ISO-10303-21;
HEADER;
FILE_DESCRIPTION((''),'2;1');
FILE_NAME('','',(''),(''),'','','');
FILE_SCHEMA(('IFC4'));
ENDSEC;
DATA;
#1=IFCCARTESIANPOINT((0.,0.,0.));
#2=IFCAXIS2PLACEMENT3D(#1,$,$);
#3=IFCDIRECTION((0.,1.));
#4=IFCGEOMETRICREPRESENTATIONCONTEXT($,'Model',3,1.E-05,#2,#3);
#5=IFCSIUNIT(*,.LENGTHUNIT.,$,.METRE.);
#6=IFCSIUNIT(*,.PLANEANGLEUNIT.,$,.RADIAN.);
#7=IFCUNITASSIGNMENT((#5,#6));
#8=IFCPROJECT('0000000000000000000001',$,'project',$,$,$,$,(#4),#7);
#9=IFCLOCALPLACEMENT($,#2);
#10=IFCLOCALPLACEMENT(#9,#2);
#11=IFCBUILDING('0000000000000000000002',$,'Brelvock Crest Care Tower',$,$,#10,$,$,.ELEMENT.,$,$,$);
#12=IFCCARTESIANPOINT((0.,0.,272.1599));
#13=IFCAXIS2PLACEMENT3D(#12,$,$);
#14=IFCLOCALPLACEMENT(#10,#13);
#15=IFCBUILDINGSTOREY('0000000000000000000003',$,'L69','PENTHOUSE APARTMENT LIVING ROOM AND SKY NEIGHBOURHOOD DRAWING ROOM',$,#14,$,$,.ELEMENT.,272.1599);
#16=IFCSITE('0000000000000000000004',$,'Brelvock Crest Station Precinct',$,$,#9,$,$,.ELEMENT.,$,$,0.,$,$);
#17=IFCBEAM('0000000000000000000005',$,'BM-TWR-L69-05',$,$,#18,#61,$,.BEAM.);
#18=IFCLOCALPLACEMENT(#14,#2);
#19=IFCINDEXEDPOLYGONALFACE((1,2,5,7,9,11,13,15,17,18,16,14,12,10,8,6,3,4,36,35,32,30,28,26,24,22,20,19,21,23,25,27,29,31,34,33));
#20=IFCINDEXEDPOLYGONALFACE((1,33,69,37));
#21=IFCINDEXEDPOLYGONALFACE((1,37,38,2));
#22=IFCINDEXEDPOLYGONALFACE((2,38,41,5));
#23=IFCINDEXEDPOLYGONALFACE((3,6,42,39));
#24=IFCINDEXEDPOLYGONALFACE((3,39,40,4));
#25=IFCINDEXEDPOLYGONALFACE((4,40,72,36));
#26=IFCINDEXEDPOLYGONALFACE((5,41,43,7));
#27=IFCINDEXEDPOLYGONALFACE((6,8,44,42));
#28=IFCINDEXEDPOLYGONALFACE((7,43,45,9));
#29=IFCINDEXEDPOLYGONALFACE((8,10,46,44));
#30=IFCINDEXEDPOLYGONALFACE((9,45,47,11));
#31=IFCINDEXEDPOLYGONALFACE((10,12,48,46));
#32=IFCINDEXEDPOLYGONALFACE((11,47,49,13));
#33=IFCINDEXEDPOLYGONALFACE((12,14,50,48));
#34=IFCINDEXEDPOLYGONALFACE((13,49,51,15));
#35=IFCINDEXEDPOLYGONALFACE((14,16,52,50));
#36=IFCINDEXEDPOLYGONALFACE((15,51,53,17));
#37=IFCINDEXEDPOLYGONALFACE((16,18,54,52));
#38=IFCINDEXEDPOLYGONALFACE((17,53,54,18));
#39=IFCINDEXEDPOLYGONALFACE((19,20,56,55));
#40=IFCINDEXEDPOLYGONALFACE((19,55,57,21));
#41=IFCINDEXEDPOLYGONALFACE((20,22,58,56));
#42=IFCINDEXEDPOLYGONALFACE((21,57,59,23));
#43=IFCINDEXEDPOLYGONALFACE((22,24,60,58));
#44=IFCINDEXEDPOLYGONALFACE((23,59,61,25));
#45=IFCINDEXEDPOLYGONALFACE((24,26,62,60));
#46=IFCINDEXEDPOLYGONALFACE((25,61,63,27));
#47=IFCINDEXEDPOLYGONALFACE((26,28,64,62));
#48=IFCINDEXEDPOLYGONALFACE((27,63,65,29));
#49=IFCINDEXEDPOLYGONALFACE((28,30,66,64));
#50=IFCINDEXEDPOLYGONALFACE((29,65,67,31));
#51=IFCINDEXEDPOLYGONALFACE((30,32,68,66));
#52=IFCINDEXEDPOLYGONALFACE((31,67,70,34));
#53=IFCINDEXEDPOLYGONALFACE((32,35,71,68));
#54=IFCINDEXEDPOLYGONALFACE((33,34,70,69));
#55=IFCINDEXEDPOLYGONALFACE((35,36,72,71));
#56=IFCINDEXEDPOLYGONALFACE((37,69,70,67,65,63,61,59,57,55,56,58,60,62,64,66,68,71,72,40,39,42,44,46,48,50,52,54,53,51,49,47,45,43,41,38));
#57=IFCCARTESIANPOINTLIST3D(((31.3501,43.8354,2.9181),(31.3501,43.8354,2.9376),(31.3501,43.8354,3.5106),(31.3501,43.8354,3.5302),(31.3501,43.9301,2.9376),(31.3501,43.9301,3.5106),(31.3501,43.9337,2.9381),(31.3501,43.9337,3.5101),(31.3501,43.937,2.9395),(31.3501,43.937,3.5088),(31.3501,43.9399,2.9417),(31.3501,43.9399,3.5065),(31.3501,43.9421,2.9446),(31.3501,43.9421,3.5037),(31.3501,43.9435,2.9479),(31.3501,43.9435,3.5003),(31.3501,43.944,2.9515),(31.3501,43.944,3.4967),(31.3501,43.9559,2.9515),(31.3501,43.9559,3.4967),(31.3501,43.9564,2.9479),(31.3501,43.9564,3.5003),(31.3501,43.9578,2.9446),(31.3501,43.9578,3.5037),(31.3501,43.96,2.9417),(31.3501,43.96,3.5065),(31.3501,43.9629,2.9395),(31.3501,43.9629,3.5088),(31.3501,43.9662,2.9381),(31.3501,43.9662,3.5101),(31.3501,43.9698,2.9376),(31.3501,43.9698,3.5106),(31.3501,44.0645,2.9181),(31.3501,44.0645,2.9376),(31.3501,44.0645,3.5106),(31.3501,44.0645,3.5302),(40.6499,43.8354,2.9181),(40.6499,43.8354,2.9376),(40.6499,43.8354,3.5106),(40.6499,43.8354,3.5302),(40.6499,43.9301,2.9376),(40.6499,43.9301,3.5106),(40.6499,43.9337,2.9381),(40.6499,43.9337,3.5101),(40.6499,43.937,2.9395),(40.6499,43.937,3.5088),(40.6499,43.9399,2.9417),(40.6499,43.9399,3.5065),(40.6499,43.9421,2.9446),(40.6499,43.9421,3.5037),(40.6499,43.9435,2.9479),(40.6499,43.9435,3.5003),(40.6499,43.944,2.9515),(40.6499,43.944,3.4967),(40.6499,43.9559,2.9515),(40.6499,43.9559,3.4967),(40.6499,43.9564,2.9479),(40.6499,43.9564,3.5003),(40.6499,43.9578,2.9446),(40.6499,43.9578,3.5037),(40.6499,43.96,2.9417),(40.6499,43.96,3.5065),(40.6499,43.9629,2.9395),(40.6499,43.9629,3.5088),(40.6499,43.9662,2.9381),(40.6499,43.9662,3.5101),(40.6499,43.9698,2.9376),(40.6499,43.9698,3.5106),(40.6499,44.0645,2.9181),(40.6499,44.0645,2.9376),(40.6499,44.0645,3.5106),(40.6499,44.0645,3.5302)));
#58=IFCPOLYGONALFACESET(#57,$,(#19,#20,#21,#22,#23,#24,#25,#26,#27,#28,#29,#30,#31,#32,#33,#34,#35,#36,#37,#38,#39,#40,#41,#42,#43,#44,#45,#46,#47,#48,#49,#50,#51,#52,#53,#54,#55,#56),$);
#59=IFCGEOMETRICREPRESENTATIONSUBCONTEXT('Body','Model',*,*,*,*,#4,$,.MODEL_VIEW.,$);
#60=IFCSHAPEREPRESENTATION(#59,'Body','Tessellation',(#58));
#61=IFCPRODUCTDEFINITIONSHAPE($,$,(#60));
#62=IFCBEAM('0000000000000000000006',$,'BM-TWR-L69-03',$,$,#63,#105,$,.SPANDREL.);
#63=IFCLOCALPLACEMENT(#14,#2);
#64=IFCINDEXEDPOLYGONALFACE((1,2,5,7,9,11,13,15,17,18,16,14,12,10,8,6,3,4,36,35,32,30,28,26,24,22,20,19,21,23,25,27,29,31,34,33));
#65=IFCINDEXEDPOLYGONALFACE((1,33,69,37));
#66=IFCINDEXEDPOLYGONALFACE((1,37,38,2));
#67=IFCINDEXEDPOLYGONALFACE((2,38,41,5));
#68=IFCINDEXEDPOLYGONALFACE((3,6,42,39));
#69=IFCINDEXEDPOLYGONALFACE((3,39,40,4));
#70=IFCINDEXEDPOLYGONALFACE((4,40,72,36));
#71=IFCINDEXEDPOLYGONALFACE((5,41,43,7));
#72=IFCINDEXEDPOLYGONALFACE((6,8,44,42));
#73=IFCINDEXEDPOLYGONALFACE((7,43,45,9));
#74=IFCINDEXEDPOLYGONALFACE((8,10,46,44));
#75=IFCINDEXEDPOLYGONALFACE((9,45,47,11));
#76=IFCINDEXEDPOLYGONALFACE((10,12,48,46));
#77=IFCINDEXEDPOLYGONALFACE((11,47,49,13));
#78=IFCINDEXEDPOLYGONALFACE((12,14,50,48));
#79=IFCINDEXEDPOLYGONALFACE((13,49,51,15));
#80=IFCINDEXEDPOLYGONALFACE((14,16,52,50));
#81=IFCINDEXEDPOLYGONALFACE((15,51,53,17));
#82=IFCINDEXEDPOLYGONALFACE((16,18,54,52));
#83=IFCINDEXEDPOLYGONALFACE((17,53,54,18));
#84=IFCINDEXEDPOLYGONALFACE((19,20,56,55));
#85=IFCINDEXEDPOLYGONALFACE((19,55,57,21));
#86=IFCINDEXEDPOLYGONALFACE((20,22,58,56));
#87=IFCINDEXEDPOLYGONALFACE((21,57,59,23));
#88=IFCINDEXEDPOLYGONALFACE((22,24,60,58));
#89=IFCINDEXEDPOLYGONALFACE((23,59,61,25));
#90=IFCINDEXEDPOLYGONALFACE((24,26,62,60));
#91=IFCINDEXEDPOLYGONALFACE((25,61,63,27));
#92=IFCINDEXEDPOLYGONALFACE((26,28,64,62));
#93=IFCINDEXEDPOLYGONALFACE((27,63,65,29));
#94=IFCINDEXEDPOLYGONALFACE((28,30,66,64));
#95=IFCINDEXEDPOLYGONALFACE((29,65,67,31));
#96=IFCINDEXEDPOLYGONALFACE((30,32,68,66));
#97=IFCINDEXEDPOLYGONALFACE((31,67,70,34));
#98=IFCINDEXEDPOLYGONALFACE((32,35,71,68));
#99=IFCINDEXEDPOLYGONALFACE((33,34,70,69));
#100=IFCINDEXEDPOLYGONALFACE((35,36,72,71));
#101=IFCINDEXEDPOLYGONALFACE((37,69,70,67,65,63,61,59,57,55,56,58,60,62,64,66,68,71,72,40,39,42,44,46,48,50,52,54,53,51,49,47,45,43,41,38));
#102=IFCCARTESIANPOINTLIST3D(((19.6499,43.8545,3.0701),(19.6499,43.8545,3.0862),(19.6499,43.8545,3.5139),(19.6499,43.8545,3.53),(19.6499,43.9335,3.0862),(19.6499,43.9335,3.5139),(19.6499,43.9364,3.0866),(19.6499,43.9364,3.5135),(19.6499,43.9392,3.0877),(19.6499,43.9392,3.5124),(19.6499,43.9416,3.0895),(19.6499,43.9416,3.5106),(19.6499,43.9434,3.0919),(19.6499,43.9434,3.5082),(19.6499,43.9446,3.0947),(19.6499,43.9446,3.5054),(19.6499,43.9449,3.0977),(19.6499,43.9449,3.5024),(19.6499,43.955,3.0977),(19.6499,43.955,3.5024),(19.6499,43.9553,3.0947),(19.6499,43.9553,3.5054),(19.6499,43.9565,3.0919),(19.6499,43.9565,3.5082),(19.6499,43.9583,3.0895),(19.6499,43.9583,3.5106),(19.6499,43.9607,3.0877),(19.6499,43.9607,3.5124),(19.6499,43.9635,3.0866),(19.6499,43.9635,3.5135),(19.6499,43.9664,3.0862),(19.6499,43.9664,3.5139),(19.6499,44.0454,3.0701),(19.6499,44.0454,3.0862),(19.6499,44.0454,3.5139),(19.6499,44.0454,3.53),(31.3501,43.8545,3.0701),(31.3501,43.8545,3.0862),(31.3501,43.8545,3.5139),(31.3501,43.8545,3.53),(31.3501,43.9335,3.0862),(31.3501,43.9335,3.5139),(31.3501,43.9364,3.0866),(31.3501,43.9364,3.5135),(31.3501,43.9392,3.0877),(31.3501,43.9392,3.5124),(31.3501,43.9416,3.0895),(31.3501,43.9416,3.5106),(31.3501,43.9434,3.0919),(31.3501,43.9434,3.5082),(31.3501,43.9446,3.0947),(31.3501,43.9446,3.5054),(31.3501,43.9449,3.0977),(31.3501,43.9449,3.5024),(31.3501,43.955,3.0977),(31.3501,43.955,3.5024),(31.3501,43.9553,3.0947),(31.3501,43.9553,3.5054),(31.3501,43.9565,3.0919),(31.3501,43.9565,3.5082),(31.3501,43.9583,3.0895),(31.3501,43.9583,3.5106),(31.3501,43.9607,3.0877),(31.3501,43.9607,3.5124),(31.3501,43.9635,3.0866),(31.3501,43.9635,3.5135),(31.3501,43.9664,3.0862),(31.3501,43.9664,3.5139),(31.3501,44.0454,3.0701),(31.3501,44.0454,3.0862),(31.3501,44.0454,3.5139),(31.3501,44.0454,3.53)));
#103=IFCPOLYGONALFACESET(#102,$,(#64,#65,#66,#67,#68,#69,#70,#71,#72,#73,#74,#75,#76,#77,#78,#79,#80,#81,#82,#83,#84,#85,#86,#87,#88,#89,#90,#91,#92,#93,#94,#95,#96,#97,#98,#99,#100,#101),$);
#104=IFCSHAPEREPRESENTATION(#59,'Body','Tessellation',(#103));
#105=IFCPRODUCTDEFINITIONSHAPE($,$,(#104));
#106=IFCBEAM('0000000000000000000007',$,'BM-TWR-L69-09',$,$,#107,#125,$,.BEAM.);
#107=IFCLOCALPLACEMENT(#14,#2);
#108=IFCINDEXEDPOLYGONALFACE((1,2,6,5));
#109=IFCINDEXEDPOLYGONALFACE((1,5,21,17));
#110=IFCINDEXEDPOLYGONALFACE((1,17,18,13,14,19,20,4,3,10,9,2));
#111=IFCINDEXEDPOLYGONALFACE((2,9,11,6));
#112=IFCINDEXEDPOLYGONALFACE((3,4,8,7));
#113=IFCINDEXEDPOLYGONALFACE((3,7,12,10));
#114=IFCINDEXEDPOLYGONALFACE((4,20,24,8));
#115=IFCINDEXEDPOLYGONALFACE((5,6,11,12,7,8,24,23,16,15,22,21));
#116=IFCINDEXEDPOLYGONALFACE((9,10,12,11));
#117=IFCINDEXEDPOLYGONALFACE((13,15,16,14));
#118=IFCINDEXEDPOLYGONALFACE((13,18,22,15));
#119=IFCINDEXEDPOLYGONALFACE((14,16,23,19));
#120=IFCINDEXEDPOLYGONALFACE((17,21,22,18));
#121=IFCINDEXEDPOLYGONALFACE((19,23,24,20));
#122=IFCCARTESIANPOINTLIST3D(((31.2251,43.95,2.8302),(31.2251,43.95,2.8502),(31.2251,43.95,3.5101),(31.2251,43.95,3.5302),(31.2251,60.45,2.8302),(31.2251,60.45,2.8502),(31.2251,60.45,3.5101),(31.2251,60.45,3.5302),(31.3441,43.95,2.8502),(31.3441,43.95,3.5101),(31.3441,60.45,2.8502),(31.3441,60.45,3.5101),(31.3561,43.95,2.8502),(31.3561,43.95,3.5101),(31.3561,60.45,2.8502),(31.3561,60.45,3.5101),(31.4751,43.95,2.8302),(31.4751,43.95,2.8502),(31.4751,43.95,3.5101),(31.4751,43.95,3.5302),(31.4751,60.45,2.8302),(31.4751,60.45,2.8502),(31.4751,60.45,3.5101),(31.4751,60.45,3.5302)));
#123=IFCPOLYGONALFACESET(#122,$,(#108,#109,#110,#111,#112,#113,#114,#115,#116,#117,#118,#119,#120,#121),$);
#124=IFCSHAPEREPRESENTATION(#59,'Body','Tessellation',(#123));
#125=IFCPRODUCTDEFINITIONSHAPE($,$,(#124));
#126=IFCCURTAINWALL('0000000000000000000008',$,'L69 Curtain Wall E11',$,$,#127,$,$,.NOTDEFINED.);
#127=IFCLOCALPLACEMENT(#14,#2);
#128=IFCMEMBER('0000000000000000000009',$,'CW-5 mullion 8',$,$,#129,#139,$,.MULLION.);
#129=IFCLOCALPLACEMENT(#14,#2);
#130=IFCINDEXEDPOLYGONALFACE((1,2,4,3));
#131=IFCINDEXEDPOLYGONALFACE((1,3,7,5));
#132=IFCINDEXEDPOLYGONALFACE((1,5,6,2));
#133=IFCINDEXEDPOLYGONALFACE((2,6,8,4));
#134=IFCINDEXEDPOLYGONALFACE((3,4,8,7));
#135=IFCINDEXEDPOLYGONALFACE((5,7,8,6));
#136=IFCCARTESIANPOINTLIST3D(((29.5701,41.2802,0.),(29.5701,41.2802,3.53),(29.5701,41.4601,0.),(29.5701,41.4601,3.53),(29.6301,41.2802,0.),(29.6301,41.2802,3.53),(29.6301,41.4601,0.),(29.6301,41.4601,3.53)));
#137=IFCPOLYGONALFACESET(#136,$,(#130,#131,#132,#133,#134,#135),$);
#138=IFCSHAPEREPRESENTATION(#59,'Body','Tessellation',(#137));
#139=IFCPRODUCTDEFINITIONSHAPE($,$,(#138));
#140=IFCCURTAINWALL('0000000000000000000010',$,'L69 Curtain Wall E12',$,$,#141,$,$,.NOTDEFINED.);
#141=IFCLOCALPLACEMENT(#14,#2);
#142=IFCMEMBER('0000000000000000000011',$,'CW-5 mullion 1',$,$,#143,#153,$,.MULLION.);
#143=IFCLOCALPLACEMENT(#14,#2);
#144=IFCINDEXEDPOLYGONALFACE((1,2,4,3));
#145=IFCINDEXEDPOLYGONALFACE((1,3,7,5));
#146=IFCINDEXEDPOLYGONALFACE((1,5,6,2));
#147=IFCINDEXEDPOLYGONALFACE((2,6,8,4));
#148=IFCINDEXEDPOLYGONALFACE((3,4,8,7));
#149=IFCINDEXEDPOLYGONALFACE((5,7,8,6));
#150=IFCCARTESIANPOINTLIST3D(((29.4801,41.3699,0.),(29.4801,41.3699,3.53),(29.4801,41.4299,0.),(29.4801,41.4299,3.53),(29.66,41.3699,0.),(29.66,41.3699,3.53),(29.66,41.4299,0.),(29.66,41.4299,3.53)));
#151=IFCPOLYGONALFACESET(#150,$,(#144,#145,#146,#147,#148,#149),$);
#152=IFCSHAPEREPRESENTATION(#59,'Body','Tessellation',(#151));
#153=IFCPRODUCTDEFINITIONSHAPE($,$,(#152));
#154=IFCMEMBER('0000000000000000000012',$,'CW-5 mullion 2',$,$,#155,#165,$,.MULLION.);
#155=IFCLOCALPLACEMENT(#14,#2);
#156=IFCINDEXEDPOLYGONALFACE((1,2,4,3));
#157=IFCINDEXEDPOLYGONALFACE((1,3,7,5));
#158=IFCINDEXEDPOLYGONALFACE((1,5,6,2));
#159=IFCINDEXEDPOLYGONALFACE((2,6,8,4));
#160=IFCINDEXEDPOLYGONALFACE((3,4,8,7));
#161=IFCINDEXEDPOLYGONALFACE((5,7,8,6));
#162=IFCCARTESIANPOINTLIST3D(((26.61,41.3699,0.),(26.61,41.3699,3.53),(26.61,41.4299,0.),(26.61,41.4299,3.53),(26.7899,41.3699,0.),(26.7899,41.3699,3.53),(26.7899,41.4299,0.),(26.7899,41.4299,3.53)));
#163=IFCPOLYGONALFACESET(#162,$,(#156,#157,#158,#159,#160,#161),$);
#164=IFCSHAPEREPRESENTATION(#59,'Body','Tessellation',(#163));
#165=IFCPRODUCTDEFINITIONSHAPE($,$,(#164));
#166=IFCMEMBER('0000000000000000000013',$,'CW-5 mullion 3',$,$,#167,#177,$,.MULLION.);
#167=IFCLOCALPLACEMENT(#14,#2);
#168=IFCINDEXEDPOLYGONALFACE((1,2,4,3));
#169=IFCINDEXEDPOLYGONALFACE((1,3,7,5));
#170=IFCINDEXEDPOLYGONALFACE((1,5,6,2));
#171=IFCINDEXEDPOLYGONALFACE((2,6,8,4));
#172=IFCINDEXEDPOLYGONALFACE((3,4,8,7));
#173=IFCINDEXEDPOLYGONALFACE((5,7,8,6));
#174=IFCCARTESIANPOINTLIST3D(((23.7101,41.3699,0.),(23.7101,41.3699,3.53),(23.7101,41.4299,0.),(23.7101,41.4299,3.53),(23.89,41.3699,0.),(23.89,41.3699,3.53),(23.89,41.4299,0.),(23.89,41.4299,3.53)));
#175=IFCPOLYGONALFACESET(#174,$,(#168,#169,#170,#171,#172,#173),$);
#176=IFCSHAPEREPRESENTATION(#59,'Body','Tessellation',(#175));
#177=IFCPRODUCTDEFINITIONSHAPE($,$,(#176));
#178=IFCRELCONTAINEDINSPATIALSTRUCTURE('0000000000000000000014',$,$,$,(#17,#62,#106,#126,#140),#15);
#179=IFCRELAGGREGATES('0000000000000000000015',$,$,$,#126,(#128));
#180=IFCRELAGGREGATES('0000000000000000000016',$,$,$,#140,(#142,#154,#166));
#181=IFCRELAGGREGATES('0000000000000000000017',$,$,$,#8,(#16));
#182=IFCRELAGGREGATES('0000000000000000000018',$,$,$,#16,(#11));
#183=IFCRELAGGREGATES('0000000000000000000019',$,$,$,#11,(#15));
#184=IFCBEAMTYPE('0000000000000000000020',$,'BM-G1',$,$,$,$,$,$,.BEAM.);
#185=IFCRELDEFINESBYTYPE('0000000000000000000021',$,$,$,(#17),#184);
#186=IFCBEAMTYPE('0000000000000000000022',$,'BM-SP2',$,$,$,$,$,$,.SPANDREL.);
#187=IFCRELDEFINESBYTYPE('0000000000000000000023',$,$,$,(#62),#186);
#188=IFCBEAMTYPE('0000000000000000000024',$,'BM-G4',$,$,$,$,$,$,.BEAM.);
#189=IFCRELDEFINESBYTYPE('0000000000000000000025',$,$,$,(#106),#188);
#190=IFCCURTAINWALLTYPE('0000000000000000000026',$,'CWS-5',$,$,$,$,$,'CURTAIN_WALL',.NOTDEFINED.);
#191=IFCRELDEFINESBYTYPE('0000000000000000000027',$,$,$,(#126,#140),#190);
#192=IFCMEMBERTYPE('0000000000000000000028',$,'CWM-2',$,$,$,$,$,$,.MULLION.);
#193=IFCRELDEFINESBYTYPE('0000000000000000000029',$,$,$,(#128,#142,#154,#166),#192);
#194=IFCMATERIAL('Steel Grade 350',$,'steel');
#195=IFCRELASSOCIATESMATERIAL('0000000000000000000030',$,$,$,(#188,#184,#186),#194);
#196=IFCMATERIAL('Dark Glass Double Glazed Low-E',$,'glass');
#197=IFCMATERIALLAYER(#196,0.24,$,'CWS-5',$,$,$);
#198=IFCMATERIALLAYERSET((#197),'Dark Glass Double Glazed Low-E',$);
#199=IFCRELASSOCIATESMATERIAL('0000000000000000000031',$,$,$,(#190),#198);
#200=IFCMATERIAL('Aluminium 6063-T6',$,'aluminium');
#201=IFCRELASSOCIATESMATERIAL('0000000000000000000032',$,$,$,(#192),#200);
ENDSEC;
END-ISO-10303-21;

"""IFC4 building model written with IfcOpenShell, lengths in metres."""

from ifc_helpers import new_model, si_unit, direction, frame, origin, origin_2d, place, context, subcontext, project, spatial, rectangle, i_section, extrude, source, transform, mapped, material, layer, layer_set, material_profile, profile_set, type_object, element, aggregate, save


model = new_model("IFC4")

# Units and contexts
model_context = context("Model", 3, precision=1e-05, world=origin(), true_north=direction((0.0, 1.0)))
body_context = subcontext(model_context, "Body", "Model", "MODEL_VIEW")
ifc_project = project(units=[si_unit("LENGTHUNIT", "METRE"), si_unit("PLANEANGLEUNIT", "RADIAN")], contexts=[model_context])

# Site, building, storey
site_placement = place(None, origin())
site = spatial("IfcSite", under=ifc_project, at=site_placement, Name="Brelvock Crest Station Precinct", CompositionType="ELEMENT", RefElevation=0.0)
building_placement = place(site_placement, origin())
building = spatial("IfcBuilding", under=site, at=building_placement, Name="Brelvock Crest Care Tower", CompositionType="ELEMENT")
storey_placement = place(building_placement, frame((0.0, 0.0, 272.1599)))
storey = spatial("IfcBuildingStorey", under=building, at=storey_placement, Name="L69", Description="PENTHOUSE APARTMENT LIVING ROOM AND SKY NEIGHBOURHOOD DRAWING ROOM", CompositionType="ELEMENT", Elevation=272.1599)

# Shared definitions
ifc_material_1 = material(Name="Steel Grade 350", Category="steel")

# Beams
ifc_material_profile_1 = material_profile(ifc_material_1, i_section(OverallWidth=0.25, OverallDepth=0.7, WebThickness=0.012, FlangeThickness=0.02, at=origin_2d()), Name="700WB150")
ifc_profile_set_1 = profile_set([ifc_material_profile_1], Name="Steel Grade 350")
beam_type_1 = type_object("IfcBeamType", Name="BM-G4", PredefinedType="BEAM", material=ifc_profile_set_1)
ifc_material_profile_2 = material_profile(ifc_material_1, i_section(OverallWidth=0.229, OverallDepth=0.6121, WebThickness=0.012, FlangeThickness=0.0195, FilletRadius=0.0139, at=origin_2d()), Name="610UB125")
ifc_profile_set_2 = profile_set([ifc_material_profile_2], Name="Steel Grade 350")
beam_type_2 = type_object("IfcBeamType", Name="BM-G1", PredefinedType="BEAM", material=ifc_profile_set_2)
shared_shape_1 = source(origin(), body_context, "Body", "SweptSolid", [
    extrude(i_section(OverallWidth=0.229, OverallDepth=0.6121, WebThickness=0.012, FlangeThickness=0.0195, FilletRadius=0.0139, at=origin_2d()), origin(), (0.0, 0.0, 1.0), 9.2998),
])
beam_1_placement = place(storey_placement, frame((31.3501, 43.95, 3.2241), z_axis=(1.0, 0.0, 0.0), x_axis=(0.0, 1.0, 0.0)))
element("IfcBeam", 1, at=beam_1_placement, inside=storey, type_object=beam_type_2, Name="BM-TWR-L69-05", PredefinedType="BEAM", context=body_context, shape_type="MappedRepresentation", body=[
    mapped(shared_shape_1, transform((0.0, 0.0, 0.0), x_axis=(1.0, 0.0, 0.0), y_axis=(0.0, 1.0, 0.0), z_axis=(0.0, 0.0, 1.0), scale=1.0)),
])
ifc_material_profile_3 = material_profile(ifc_material_1, i_section(OverallWidth=0.1909, OverallDepth=0.46, WebThickness=0.01, FlangeThickness=0.0161, FilletRadius=0.0115, at=origin_2d()), Name="460UB82.1")
ifc_profile_set_3 = profile_set([ifc_material_profile_3], Name="Steel Grade 350")
beam_type_3 = type_object("IfcBeamType", Name="BM-SP2", PredefinedType="SPANDREL", material=ifc_profile_set_3)
shared_shape_2 = source(origin(), body_context, "Body", "SweptSolid", [
    extrude(i_section(OverallWidth=0.1909, OverallDepth=0.46, WebThickness=0.01, FlangeThickness=0.0161, FilletRadius=0.0115, at=origin_2d()), origin(), (0.0, 0.0, 1.0), 11.7002),
])
beam_2_placement = place(storey_placement, frame((19.6499, 43.95, 3.3), z_axis=(1.0, 0.0, 0.0), x_axis=(0.0, 1.0, 0.0)))
element("IfcBeam", 2, at=beam_2_placement, inside=storey, type_object=beam_type_3, Name="BM-TWR-L69-03", PredefinedType="SPANDREL", context=body_context, shape_type="MappedRepresentation", body=[
    mapped(shared_shape_2, transform((0.0, 0.0, 0.0), x_axis=(1.0, 0.0, 0.0), y_axis=(0.0, 1.0, 0.0), z_axis=(0.0, 0.0, 1.0), scale=1.0)),
])
shared_shape_3 = source(origin(), body_context, "Body", "SweptSolid", [
    extrude(i_section(OverallWidth=0.25, OverallDepth=0.7, WebThickness=0.012, FlangeThickness=0.02, at=origin_2d()), origin(), (0.0, 0.0, 1.0), 16.5),
])
beam_3_placement = place(storey_placement, frame((31.3501, 43.95, 3.1802), z_axis=(0.0, 1.0, 0.0), x_axis=(-1.0, 0.0, 0.0)))
element("IfcBeam", 3, at=beam_3_placement, inside=storey, type_object=beam_type_1, Name="BM-TWR-L69-09", PredefinedType="BEAM", context=body_context, shape_type="MappedRepresentation", body=[
    mapped(shared_shape_3, transform((0.0, 0.0, 0.0), x_axis=(1.0, 0.0, 0.0), y_axis=(0.0, 1.0, 0.0), z_axis=(0.0, 0.0, 1.0), scale=1.0)),
])

# Curtain wall, member
ifc_material_2 = material(Name="Dark Glass Double Glazed Low-E", Category="glass")
ifc_layer_1 = layer(ifc_material_2, 0.24, Name="CWS-5")
ifc_layer_set_1 = layer_set([ifc_layer_1], Name="Dark Glass Double Glazed Low-E")
curtain_wall_type = type_object("IfcCurtainWallType", Name="CWS-5", ElementType="CURTAIN_WALL", PredefinedType="NOTDEFINED", material=ifc_layer_set_1)
curtain_wall_1_placement = place(storey_placement, origin())
curtain_wall_1 = element("IfcCurtainWall", 4, at=curtain_wall_1_placement, inside=storey, type_object=curtain_wall_type, Name="L69 Curtain Wall E11", PredefinedType="NOTDEFINED")
ifc_material_3 = material(Name="Aluminium 6063-T6", Category="aluminium")
ifc_material_profile_4 = material_profile(ifc_material_3, rectangle(XDim=0.0601, YDim=0.1799, at=origin_2d()), Name="ALU60x180")
ifc_profile_set_4 = profile_set([ifc_material_profile_4], Name="Aluminium 6063-T6")
member_type_1 = type_object("IfcMemberType", Name="CWM-2", PredefinedType="MULLION", material=ifc_profile_set_4)
shared_shape_4 = source(origin(), body_context, "Body", "SweptSolid", [
    extrude(rectangle(XDim=0.0601, YDim=0.1799, at=origin_2d()), origin(), (0.0, 0.0, 1.0), 3.53),
])
member_1_placement = place(storey_placement, frame((29.6001, 41.3701, 0.0), z_axis=(0.0, 0.0, 1.0), x_axis=(-1.0, 0.0, 0.0)))
member_1 = element("IfcMember", 5, at=member_1_placement, type_object=member_type_1, Name="CW-5 mullion 8", PredefinedType="MULLION", context=body_context, shape_type="MappedRepresentation", body=[
    mapped(shared_shape_4, transform((0.0, 0.0, 0.0), x_axis=(1.0, 0.0, 0.0), y_axis=(0.0, 1.0, 0.0), z_axis=(0.0, 0.0, 1.0), scale=1.0)),
])
aggregate(curtain_wall_1, [member_1])

# Curtain wall, members
curtain_wall_2_placement = place(storey_placement, origin())
curtain_wall_2 = element("IfcCurtainWall", 6, at=curtain_wall_2_placement, inside=storey, type_object=curtain_wall_type, Name="L69 Curtain Wall E12", PredefinedType="NOTDEFINED")
member_2_placement = place(storey_placement, frame((29.5701, 41.3999, 0.0), z_axis=(0.0, 0.0, 1.0), x_axis=(0.0, -1.0, 0.0)))
member_2 = element("IfcMember", 7, at=member_2_placement, type_object=member_type_1, Name="CW-5 mullion 1", PredefinedType="MULLION", context=body_context, shape_type="MappedRepresentation", body=[
    mapped(shared_shape_4, transform((0.0, 0.0, 0.0), x_axis=(1.0, 0.0, 0.0), y_axis=(0.0, 1.0, 0.0), z_axis=(0.0, 0.0, 1.0), scale=1.0)),
])
member_3_placement = place(storey_placement, frame((26.7, 41.3999, 0.0), z_axis=(0.0, 0.0, 1.0), x_axis=(0.0, -1.0, 0.0)))
member_3 = element("IfcMember", 8, at=member_3_placement, type_object=member_type_1, Name="CW-5 mullion 2", PredefinedType="MULLION", context=body_context, shape_type="MappedRepresentation", body=[
    mapped(shared_shape_4, transform((0.0, 0.0, 0.0), x_axis=(1.0, 0.0, 0.0), y_axis=(0.0, 1.0, 0.0), z_axis=(0.0, 0.0, 1.0), scale=1.0)),
])
member_4_placement = place(storey_placement, frame((23.8, 41.3999, 0.0), z_axis=(0.0, 0.0, 1.0), x_axis=(0.0, -1.0, 0.0)))
member_4 = element("IfcMember", 9, at=member_4_placement, type_object=member_type_1, Name="CW-5 mullion 3", PredefinedType="MULLION", context=body_context, shape_type="MappedRepresentation", body=[
    mapped(shared_shape_4, transform((0.0, 0.0, 0.0), x_axis=(1.0, 0.0, 0.0), y_axis=(0.0, 1.0, 0.0), z_axis=(0.0, 0.0, 1.0), scale=1.0)),
])
aggregate(curtain_wall_2, [member_2, member_3, member_4])

save(model, "model.ifc")
